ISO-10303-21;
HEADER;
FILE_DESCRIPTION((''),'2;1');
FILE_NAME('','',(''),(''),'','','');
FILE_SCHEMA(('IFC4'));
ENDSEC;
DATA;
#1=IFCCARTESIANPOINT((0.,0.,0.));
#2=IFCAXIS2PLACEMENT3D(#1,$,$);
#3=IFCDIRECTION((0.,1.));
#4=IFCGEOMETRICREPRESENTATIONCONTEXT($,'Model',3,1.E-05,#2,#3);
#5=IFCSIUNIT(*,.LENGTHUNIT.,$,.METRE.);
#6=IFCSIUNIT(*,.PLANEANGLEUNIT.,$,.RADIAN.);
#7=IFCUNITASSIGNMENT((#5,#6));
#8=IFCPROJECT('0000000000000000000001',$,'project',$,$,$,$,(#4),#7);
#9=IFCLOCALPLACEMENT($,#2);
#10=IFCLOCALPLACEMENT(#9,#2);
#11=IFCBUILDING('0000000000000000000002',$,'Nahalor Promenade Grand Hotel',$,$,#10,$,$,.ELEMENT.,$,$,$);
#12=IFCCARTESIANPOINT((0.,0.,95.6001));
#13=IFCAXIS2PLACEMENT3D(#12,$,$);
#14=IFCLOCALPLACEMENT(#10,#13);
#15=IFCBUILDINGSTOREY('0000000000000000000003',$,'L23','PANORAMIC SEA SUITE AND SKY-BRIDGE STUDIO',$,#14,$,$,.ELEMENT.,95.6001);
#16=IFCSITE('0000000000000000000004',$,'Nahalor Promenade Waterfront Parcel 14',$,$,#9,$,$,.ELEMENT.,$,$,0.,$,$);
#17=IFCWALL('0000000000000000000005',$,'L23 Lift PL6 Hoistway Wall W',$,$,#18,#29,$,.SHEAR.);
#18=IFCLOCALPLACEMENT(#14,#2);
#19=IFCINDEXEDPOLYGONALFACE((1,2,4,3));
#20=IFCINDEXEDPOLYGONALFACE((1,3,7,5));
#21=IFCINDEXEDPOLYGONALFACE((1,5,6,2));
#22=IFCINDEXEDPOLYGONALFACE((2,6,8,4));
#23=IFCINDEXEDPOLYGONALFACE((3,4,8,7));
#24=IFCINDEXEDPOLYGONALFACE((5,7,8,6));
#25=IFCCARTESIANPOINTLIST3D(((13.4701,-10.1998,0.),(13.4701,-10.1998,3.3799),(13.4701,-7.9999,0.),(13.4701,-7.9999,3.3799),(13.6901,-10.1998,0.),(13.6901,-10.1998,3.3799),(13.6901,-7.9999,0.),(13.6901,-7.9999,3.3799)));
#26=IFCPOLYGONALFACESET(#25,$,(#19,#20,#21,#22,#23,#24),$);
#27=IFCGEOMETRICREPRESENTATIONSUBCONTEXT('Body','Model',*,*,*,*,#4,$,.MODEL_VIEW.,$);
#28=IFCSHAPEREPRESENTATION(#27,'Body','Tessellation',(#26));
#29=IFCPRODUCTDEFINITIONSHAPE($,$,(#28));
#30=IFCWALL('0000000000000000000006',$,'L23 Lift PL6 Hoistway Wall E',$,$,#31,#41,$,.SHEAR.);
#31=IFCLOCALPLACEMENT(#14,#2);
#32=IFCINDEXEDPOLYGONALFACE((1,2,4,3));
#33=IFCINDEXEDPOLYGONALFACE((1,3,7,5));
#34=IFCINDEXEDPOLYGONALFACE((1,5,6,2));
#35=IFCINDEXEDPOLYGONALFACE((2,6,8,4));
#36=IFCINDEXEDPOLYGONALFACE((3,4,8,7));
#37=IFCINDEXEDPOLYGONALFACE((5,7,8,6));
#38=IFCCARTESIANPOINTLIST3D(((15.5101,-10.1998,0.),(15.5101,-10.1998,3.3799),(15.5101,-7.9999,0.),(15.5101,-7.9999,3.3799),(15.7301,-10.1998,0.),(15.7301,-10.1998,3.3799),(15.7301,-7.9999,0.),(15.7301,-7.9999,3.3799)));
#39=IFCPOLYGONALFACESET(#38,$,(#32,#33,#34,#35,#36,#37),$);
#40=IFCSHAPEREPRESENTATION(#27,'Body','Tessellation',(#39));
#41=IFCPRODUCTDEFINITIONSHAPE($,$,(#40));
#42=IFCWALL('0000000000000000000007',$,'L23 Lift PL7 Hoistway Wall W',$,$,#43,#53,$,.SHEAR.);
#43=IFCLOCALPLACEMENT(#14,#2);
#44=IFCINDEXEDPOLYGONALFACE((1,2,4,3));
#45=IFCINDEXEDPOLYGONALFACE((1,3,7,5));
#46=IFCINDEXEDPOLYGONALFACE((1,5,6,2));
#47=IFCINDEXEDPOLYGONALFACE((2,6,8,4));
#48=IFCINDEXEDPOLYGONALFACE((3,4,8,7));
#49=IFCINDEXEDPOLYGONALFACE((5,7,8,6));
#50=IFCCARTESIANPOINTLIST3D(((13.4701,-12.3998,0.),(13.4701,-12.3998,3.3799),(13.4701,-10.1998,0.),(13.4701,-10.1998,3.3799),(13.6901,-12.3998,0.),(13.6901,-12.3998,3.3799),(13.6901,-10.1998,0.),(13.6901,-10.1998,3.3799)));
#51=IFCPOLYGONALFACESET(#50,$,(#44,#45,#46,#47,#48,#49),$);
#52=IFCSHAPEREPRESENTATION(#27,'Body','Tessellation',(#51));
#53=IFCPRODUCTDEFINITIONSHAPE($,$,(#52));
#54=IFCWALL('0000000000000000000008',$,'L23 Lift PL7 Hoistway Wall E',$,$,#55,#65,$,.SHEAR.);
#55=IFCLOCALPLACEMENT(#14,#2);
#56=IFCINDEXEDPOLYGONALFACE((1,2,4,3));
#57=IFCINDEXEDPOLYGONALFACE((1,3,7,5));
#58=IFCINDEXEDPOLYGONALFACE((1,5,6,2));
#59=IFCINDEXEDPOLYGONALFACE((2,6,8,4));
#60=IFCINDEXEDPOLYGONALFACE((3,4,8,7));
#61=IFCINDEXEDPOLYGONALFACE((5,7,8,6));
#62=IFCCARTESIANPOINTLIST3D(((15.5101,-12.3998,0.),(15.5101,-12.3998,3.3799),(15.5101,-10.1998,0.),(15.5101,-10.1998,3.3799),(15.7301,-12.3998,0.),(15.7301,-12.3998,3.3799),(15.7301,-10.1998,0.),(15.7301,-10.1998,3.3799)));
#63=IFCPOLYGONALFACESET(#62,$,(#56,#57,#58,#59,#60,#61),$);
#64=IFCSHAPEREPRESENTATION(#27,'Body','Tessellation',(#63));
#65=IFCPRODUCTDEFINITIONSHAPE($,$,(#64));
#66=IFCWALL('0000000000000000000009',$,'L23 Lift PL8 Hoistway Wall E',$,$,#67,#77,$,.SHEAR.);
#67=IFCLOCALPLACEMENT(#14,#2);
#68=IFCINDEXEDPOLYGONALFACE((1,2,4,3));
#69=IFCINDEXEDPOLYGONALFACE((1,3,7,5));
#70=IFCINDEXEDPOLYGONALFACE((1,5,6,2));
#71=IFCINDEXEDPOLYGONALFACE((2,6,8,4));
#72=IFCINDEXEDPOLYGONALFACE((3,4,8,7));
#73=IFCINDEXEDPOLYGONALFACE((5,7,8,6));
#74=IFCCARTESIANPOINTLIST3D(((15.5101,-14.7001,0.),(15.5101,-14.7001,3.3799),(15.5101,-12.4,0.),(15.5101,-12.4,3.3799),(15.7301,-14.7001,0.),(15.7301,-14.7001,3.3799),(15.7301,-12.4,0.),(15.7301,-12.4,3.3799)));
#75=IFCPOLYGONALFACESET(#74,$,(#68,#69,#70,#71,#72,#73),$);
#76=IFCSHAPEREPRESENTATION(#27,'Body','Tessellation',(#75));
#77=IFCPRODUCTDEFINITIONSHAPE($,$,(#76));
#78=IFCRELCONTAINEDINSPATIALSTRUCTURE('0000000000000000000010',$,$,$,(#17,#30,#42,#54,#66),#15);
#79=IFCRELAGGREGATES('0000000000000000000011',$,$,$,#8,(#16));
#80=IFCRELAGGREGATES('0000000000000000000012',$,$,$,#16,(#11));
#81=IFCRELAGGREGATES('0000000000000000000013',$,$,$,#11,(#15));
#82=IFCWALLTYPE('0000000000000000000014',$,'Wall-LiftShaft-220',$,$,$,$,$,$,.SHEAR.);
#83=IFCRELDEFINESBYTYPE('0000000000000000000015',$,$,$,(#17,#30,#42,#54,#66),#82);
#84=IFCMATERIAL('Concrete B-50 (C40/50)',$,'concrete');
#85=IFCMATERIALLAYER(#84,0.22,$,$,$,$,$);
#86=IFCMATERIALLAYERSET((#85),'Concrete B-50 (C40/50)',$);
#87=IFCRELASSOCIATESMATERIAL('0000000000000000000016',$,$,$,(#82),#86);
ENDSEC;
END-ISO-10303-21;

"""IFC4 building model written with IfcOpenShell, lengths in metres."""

from ifc_helpers import new_model, si_unit, direction, frame, frame_2d, origin, place, context, subcontext, project, spatial, rectangle, extrude, source, transform, mapped, material, layer, layer_set, type_object, element, save


model = new_model("IFC4")

# Units and contexts
model_context = context("Model", 3, precision=1e-05, world=origin(), true_north=direction((0.0, 1.0)))
body_context = subcontext(model_context, "Body", "Model", "MODEL_VIEW")
ifc_project = project(units=[si_unit("LENGTHUNIT", "METRE"), si_unit("PLANEANGLEUNIT", "RADIAN")], contexts=[model_context])

# Site, building, storey
site_placement = place(None, origin())
site = spatial("IfcSite", under=ifc_project, at=site_placement, Name="Nahalor Promenade Waterfront Parcel 14", CompositionType="ELEMENT", RefElevation=0.0)
building_placement = place(site_placement, origin())
building = spatial("IfcBuilding", under=site, at=building_placement, Name="Nahalor Promenade Grand Hotel", CompositionType="ELEMENT")
storey_placement = place(building_placement, frame((0.0, 0.0, 95.6001)))
storey = spatial("IfcBuildingStorey", under=building, at=storey_placement, Name="L23", Description="PANORAMIC SEA SUITE AND SKY-BRIDGE STUDIO", CompositionType="ELEMENT", Elevation=95.6001)

# Walls
ifc_material_1 = material(Name="Concrete B-50 (C40/50)", Category="concrete")
ifc_layer_1 = layer(ifc_material_1, 0.22)
ifc_layer_set_1 = layer_set([ifc_layer_1], Name="Concrete B-50 (C40/50)")
wall_type_1 = type_object("IfcWallType", Name="Wall-LiftShaft-220", PredefinedType="SHEAR", material=ifc_layer_set_1)
shared_shape_1 = source(origin(), body_context, "Body", "SweptSolid", [
    extrude(rectangle(XDim=2.2, YDim=0.22, at=frame_2d((1.1001, 0.0))), origin(), (0.0, 0.0, 1.0), 3.3799),
])
for number, where, z_axis, x_axis, name in (
    (1, (13.5801, -10.2, 0.0), (0.0, 0.0, 1.0), (0.0, 1.0, 0.0), "L23 Lift PL6 Hoistway Wall W"),
    (2, (15.6201, -10.2, 0.0), (0.0, 0.0, 1.0), (0.0, 1.0, 0.0), "L23 Lift PL6 Hoistway Wall E"),
    (3, (13.5801, -12.3999, 0.0), (0.0, 0.0, 1.0), (0.0, 1.0, 0.0), "L23 Lift PL7 Hoistway Wall W"),
    (4, (15.6201, -12.3999, 0.0), (0.0, 0.0, 1.0), (0.0, 1.0, 0.0), "L23 Lift PL7 Hoistway Wall E"),
):
    element("IfcWall", number, at=place(storey_placement, frame(where, z_axis=z_axis, x_axis=x_axis)), inside=storey, type_object=wall_type_1, Name=name, PredefinedType="SHEAR", context=body_context, shape_type="MappedRepresentation", body=[
        mapped(shared_shape_1, transform((0.0, 0.0, 0.0), scale=1.0)),
    ])
shared_shape_2 = source(origin(), body_context, "Body", "SweptSolid", [
    extrude(rectangle(XDim=2.3, YDim=0.22, at=frame_2d((1.1499, 0.0))), origin(), (0.0, 0.0, 1.0), 3.3799),
])
wall_1_placement = place(storey_placement, frame((15.6201, -14.7, 0.0), z_axis=(0.0, 0.0, 1.0), x_axis=(0.0, 1.0, 0.0)))
element("IfcWall", 5, at=wall_1_placement, inside=storey, type_object=wall_type_1, Name="L23 Lift PL8 Hoistway Wall E", PredefinedType="SHEAR", context=body_context, shape_type="MappedRepresentation", body=[
    mapped(shared_shape_2, transform((0.0, 0.0, 0.0), scale=1.0)),
])

save(model, "model.ifc")
